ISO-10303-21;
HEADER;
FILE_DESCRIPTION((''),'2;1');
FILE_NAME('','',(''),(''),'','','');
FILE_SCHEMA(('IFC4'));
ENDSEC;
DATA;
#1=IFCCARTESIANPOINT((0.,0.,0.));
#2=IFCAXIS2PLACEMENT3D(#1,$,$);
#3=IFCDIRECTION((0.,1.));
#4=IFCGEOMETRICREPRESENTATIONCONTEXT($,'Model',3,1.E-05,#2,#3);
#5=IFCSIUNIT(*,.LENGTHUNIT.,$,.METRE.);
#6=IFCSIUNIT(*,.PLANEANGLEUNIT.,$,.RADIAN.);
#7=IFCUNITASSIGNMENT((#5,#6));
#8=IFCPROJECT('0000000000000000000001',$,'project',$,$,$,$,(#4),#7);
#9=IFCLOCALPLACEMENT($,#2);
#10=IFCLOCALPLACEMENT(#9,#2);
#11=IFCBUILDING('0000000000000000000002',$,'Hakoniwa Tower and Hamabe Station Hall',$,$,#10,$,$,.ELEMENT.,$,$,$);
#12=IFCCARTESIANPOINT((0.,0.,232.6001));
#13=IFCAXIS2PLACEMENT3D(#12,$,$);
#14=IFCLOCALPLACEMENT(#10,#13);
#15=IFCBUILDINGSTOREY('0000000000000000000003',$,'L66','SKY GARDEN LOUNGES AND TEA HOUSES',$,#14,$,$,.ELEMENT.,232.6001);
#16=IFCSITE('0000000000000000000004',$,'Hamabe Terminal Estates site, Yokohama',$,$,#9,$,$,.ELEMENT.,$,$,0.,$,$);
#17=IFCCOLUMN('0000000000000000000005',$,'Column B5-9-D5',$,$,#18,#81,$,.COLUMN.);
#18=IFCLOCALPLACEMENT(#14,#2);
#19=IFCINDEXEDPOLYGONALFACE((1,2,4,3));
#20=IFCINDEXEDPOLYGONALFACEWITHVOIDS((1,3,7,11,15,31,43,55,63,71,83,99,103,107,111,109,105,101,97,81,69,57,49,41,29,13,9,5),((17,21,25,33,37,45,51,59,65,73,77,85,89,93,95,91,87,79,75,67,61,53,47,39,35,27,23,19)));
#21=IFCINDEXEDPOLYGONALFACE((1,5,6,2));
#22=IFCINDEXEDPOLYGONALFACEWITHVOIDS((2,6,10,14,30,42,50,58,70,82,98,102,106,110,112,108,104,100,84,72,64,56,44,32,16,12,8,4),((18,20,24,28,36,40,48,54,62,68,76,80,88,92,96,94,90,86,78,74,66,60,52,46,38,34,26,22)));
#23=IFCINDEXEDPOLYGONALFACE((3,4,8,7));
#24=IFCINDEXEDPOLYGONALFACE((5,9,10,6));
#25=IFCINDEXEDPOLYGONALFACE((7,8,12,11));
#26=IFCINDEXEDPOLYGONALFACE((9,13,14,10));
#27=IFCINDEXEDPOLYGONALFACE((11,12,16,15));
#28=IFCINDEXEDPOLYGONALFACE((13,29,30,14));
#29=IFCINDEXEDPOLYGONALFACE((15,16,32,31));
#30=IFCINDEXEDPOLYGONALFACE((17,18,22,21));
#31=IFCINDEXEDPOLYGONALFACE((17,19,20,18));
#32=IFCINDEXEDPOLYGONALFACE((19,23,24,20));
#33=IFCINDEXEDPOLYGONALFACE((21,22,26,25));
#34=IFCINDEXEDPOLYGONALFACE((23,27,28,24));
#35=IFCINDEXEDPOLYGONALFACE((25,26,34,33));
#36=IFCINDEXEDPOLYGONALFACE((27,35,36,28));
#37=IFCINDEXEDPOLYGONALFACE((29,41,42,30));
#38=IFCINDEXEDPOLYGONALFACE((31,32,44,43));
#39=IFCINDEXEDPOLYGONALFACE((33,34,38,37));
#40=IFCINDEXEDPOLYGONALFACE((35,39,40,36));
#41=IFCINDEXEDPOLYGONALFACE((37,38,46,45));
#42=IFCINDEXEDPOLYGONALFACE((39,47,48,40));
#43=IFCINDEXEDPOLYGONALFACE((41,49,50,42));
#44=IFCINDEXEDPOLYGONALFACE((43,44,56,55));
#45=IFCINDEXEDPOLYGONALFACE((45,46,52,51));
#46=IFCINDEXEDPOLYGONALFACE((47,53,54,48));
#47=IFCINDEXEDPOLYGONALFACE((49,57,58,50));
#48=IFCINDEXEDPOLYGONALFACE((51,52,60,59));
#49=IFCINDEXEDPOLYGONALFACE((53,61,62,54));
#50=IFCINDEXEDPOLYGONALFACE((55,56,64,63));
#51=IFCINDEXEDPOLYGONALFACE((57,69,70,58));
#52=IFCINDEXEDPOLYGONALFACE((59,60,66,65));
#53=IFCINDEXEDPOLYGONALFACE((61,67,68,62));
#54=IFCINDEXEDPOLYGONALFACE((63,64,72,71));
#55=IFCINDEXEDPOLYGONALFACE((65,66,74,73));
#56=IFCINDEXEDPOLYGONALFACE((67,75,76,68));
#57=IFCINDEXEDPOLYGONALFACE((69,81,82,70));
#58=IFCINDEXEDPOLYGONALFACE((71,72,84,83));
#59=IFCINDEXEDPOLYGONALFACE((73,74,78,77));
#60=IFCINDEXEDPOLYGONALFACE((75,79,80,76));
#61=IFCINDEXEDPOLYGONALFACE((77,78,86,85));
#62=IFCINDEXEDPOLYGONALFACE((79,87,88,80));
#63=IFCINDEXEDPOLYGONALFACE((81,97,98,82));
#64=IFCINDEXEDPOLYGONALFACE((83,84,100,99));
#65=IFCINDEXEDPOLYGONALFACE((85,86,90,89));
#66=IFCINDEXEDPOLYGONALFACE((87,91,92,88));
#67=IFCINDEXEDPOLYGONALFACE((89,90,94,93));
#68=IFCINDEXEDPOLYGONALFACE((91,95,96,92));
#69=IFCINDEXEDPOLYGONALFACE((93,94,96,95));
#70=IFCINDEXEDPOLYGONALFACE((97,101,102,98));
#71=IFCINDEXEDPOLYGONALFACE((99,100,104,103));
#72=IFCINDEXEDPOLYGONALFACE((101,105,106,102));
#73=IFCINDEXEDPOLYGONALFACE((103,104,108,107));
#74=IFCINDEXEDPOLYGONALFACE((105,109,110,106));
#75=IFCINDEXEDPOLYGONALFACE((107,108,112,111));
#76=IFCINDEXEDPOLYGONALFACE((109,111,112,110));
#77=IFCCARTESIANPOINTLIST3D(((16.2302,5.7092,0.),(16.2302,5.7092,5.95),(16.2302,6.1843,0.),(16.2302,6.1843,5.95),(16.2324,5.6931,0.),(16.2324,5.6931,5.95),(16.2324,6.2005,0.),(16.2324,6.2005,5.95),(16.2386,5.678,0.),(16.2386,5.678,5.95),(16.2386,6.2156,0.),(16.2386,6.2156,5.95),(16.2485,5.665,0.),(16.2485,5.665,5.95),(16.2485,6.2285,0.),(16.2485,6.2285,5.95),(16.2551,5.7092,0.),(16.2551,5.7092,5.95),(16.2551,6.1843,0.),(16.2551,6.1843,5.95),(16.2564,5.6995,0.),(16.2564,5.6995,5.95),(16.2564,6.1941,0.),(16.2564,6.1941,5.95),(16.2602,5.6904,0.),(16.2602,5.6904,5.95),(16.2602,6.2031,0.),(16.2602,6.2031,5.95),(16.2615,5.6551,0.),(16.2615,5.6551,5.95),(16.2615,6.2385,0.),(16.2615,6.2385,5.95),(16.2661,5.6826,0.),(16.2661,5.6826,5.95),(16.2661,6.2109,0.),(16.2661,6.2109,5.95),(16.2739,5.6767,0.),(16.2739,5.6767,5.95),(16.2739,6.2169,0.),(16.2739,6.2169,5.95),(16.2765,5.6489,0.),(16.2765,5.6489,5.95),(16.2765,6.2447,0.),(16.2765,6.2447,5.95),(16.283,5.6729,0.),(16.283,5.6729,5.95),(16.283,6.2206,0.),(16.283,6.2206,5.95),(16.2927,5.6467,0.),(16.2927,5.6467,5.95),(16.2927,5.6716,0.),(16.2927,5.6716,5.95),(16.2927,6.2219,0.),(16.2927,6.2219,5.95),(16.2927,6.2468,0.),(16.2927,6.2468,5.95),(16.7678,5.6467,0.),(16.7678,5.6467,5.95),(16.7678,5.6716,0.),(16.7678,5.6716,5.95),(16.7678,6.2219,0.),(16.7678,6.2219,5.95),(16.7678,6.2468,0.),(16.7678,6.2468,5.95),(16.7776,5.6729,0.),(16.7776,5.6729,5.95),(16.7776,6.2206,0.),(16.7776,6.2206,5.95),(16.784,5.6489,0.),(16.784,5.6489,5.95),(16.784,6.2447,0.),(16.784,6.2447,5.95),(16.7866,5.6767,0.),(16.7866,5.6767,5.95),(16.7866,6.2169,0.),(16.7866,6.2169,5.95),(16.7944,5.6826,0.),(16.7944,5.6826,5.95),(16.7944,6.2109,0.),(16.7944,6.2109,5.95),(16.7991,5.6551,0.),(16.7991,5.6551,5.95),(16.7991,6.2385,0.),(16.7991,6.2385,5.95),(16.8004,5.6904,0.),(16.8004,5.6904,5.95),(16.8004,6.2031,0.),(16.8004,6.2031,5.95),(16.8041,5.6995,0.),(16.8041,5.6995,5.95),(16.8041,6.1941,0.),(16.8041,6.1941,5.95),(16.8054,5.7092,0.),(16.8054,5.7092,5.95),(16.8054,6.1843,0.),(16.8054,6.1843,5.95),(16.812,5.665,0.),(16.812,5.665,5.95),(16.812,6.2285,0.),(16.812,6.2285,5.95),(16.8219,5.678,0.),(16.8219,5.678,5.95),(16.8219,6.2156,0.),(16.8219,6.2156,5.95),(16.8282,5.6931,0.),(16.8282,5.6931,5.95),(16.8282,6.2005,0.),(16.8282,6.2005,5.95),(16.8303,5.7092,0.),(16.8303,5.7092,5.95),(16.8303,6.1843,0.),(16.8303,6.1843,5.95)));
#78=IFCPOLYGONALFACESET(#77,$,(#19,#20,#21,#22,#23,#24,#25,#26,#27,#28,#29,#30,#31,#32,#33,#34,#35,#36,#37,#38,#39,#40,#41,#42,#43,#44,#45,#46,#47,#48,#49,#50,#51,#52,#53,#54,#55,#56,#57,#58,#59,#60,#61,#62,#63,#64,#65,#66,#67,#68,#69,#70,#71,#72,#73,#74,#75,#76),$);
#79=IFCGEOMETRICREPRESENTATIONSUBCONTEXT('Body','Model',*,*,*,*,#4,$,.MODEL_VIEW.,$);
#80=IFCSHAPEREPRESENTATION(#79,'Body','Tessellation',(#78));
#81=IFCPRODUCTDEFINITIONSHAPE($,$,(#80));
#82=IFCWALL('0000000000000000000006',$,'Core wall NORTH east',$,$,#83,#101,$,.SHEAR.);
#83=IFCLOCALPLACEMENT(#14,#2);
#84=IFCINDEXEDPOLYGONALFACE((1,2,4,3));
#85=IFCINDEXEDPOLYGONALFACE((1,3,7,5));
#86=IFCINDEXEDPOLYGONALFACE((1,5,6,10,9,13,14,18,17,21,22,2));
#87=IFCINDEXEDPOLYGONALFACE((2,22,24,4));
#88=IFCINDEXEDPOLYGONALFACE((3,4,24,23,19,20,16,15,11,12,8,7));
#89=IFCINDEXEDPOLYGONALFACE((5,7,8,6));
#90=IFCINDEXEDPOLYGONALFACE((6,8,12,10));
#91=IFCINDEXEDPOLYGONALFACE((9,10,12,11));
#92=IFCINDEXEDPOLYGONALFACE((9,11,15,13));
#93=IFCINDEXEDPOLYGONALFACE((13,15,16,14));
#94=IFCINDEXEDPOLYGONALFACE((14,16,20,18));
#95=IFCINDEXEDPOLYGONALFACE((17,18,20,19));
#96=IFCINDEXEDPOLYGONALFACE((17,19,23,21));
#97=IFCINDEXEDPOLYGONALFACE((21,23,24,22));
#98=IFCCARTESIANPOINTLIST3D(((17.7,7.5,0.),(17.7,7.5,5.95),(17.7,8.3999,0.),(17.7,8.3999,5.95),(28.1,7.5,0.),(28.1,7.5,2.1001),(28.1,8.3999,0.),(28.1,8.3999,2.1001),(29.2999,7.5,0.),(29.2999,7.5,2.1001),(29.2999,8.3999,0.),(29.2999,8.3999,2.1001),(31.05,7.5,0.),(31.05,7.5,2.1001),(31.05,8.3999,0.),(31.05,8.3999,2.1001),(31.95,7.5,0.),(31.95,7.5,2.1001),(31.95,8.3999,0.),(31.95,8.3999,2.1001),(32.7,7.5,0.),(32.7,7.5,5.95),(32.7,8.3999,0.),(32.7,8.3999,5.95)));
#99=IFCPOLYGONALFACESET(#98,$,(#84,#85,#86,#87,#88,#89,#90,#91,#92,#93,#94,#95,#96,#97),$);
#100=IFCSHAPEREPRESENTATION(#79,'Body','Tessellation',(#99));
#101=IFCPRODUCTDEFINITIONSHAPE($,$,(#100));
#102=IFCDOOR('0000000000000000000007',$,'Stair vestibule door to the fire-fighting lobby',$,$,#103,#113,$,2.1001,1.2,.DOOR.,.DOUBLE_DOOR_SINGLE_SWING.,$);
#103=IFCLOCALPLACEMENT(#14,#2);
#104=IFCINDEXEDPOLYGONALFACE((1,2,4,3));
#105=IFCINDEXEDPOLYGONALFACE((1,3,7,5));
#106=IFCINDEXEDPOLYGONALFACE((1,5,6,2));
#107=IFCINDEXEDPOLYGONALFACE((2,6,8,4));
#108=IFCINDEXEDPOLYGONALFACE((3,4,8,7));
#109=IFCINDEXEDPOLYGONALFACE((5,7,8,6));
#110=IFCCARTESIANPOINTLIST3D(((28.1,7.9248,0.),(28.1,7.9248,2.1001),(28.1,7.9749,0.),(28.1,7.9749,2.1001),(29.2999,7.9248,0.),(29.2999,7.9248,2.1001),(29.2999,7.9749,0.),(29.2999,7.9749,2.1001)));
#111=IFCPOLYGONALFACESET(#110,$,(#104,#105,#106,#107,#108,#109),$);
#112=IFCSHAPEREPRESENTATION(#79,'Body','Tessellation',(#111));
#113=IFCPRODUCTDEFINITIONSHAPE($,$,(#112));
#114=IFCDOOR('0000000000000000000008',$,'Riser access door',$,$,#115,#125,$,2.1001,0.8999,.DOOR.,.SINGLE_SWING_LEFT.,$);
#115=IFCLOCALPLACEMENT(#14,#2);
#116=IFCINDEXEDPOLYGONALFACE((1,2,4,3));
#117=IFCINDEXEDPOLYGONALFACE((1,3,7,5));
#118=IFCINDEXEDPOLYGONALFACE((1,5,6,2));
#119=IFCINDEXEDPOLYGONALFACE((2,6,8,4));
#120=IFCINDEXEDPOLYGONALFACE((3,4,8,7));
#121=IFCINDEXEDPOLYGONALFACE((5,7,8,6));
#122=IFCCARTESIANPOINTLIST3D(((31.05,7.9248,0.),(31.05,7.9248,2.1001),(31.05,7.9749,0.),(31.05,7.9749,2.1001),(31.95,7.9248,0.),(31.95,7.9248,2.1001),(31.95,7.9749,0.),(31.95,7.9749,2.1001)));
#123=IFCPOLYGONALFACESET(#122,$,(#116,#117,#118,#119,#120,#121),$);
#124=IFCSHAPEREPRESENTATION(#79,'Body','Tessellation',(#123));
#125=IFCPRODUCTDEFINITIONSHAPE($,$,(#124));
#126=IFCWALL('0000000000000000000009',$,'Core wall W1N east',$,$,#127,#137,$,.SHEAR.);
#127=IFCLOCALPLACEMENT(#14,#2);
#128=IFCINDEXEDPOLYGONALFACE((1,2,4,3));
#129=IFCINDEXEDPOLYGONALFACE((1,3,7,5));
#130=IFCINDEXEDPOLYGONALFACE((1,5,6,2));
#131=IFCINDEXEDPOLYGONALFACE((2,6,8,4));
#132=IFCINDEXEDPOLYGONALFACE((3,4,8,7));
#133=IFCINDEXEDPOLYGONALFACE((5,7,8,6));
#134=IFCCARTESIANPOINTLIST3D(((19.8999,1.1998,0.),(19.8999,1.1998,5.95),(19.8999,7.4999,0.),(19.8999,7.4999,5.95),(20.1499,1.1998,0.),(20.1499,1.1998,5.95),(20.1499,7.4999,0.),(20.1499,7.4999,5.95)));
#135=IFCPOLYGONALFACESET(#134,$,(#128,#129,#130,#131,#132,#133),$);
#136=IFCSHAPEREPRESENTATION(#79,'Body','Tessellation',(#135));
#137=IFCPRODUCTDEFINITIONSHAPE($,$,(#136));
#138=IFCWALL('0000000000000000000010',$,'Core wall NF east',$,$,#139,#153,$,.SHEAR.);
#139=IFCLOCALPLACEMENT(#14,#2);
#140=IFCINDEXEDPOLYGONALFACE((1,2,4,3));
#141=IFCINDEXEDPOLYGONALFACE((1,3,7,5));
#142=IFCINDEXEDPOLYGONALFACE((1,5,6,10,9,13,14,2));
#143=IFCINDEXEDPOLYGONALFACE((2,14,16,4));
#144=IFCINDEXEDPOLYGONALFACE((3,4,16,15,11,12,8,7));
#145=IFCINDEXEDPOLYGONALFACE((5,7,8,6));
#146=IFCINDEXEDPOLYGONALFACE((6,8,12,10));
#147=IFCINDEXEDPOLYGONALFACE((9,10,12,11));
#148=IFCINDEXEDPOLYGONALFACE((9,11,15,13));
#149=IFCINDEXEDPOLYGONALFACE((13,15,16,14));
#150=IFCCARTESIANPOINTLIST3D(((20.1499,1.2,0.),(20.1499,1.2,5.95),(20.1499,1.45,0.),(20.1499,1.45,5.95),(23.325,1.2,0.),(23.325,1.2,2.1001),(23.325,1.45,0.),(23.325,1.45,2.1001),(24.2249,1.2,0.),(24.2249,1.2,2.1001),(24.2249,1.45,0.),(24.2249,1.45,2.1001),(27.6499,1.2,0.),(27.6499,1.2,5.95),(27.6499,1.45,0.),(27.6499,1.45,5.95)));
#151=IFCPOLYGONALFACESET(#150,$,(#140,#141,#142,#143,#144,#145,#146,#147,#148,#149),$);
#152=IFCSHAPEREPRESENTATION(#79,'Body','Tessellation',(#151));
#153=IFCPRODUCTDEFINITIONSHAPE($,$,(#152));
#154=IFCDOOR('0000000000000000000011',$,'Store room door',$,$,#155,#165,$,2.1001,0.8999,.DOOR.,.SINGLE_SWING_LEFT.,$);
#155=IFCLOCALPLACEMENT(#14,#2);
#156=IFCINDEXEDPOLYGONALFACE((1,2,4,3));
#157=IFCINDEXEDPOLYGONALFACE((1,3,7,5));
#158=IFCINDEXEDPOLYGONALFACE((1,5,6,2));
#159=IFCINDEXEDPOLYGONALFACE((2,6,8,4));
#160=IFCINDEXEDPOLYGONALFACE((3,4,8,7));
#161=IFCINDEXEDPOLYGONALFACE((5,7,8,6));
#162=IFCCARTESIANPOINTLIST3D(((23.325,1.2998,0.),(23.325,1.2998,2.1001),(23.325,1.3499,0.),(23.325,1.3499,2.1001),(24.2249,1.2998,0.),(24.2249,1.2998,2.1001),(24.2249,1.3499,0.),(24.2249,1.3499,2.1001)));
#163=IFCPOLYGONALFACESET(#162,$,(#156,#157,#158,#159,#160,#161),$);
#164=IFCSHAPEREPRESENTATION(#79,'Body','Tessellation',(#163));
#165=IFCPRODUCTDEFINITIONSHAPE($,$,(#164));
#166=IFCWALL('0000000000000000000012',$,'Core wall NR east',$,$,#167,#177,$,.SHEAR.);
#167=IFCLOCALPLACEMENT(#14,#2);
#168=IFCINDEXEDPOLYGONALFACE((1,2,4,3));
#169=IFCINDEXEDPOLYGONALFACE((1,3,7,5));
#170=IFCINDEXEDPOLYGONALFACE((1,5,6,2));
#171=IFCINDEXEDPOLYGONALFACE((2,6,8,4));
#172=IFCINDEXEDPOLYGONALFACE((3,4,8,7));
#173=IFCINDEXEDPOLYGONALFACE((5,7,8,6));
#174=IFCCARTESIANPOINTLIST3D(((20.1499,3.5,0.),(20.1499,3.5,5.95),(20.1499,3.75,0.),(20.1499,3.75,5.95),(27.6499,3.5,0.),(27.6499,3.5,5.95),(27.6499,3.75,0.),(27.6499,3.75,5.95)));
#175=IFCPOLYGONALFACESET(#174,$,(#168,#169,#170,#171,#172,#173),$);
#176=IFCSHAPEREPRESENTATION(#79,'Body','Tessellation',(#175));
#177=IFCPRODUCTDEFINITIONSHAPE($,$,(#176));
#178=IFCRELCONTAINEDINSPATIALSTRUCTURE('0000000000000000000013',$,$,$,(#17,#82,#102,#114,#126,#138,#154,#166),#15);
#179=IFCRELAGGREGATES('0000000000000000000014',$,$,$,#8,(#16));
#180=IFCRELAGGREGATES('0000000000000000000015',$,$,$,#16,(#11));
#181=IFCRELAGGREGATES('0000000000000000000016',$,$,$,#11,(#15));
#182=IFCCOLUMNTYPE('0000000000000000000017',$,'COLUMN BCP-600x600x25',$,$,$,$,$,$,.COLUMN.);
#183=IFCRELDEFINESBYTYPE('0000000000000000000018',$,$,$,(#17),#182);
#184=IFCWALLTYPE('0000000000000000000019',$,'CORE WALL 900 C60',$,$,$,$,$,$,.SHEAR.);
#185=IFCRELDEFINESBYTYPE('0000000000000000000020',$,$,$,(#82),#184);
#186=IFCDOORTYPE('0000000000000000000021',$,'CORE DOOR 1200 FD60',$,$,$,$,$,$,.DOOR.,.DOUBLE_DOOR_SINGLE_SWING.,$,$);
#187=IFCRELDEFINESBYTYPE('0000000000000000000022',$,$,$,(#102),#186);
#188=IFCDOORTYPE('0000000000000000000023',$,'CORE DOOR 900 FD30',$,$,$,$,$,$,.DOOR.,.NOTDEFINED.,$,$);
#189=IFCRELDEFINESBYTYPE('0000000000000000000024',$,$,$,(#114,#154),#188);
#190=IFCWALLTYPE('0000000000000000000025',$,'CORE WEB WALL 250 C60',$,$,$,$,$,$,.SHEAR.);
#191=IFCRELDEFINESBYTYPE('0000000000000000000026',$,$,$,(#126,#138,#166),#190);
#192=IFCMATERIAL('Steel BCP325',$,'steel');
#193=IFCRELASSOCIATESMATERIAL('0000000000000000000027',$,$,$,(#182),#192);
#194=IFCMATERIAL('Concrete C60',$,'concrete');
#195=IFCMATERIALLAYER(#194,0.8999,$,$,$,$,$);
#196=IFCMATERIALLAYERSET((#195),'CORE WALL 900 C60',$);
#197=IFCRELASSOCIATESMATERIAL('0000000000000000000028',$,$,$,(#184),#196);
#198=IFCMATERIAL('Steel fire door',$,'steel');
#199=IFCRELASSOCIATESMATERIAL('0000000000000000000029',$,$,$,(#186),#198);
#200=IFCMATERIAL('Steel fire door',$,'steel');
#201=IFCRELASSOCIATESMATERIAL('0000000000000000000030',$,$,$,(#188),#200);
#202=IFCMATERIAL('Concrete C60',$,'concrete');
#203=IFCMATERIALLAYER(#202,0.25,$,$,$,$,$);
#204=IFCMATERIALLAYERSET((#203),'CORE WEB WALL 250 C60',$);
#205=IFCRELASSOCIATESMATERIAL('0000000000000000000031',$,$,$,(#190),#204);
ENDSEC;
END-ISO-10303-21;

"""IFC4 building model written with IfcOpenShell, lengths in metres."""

from ifc_helpers import new_model, si_unit, direction, frame, frame_2d, origin, origin_2d, place, context, subcontext, project, spatial, rectangle, hollow_rectangle, extrude, material, layer, layer_set, material_profile, profile_set, type_object, element, fill, save


model = new_model("IFC4")

# Units and contexts
model_context = context("Model", 3, precision=1e-05, world=origin(), true_north=direction((0.0, 1.0)))
body_context = subcontext(model_context, "Body", "Model", "MODEL_VIEW")
ifc_project = project(units=[si_unit("LENGTHUNIT", "METRE"), si_unit("PLANEANGLEUNIT", "RADIAN")], contexts=[model_context])

# Site, building, storey
site_placement = place(None, origin())
site = spatial("IfcSite", under=ifc_project, at=site_placement, Name="Hamabe Terminal Estates site, Yokohama", CompositionType="ELEMENT", RefElevation=0.0)
building_placement = place(site_placement, origin())
building = spatial("IfcBuilding", under=site, at=building_placement, Name="Hakoniwa Tower and Hamabe Station Hall", CompositionType="ELEMENT")
storey_placement = place(building_placement, frame((0.0, 0.0, 232.6001)))
storey = spatial("IfcBuildingStorey", under=building, at=storey_placement, Name="L66", Description="SKY GARDEN LOUNGES AND TEA HOUSES", CompositionType="ELEMENT", Elevation=232.6001)

# Column
ifc_material_1 = material(Name="Steel BCP325", Category="steel")
ifc_material_profile = material_profile(ifc_material_1, hollow_rectangle(XDim=0.6001, YDim=0.6001, WallThickness=0.0249, InnerFilletRadius=0.0376, OuterFilletRadius=0.0625, at=origin_2d()), Name="BCP-600x600x25")
ifc_profile_set = profile_set([ifc_material_profile], Name="Steel BCP325")
column_type = type_object("IfcColumnType", Name="COLUMN BCP-600x600x25", PredefinedType="COLUMN", material=ifc_profile_set)
column_placement = place(storey_placement, frame((16.5303, 5.9468, 0.0), z_axis=(0.0, 0.0, 1.0), x_axis=(1.0, 0.0, 0.0)))
element("IfcColumn", 1, at=column_placement, inside=storey, type_object=column_type, Name="Column B5-9-D5", PredefinedType="COLUMN", context=body_context, shape_type="SweptSolid", body=[
    extrude(hollow_rectangle(XDim=0.6001, YDim=0.6001, WallThickness=0.0249, InnerFilletRadius=0.0376, OuterFilletRadius=0.0625, at=origin_2d()), origin(), (0.0, 0.0, 1.0), 5.95),
])

# Wall, openings, doors
ifc_material_2 = material(Name="Concrete C60", Category="concrete")
ifc_layer_1 = layer(ifc_material_2, 0.8999)
ifc_layer_set_1 = layer_set([ifc_layer_1], Name="CORE WALL 900 C60")
wall_type_1 = type_object("IfcWallType", Name="CORE WALL 900 C60", PredefinedType="SHEAR", material=ifc_layer_set_1)
wall_1_placement = place(storey_placement, frame((17.7, 7.95, 0.0), z_axis=(0.0, 0.0, 1.0), x_axis=(1.0, 0.0, 0.0)))
wall_1 = element("IfcWall", 2, at=wall_1_placement, inside=storey, type_object=wall_type_1, Name="Core wall NORTH east", PredefinedType="SHEAR", context=body_context, shape_type="SweptSolid", body=[
    extrude(rectangle(XDim=15.0, YDim=0.8999, at=frame_2d((7.5, 0.0))), origin(), (0.0, 0.0, 1.0), 5.95),
])
opening_1_placement = place(wall_1_placement, frame((10.3999, 0.0, 0.0)))
opening_1 = element("IfcOpeningElement", 3, at=opening_1_placement, cuts=wall_1, PredefinedType="OPENING", context=body_context, shape_type="SweptSolid", body=[
    extrude(rectangle(XDim=1.2, YDim=2.1001, at=frame_2d((0.6001, 1.05))), frame((0.0, 0.46, 0.0), z_axis=(0.0, -1.0, 0.0), x_axis=(1.0, 0.0, 0.0)), (0.0, 0.0, 1.0), 0.9199),
])
opening_2_placement = place(wall_1_placement, frame((13.3501, 0.0, 0.0)))
opening_2 = element("IfcOpeningElement", 4, at=opening_2_placement, cuts=wall_1, PredefinedType="OPENING", context=body_context, shape_type="SweptSolid", body=[
    extrude(rectangle(XDim=0.8999, YDim=2.1001, at=frame_2d((0.45, 1.05))), frame((0.0, 0.46, 0.0), z_axis=(0.0, -1.0, 0.0), x_axis=(1.0, 0.0, 0.0)), (0.0, 0.0, 1.0), 0.9199),
])
ifc_material_3 = material(Name="Steel fire door", Category="steel")
door_type_1 = type_object("IfcDoorType", Name="CORE DOOR 1200 FD60", OperationType="DOUBLE_DOOR_SINGLE_SWING", PredefinedType="DOOR", material=ifc_material_3)
door_1_placement = place(opening_1_placement, origin())
door_1 = element("IfcDoor", 5, at=door_1_placement, inside=storey, type_object=door_type_1, Name="Stair vestibule door to the fire-fighting lobby", OperationType="DOUBLE_DOOR_SINGLE_SWING", OverallHeight=2.1001, OverallWidth=1.2, PredefinedType="DOOR", context=body_context, shape_type="SweptSolid", body=[
    extrude(rectangle(XDim=1.2, YDim=2.1001, at=frame_2d((0.6001, 1.05))), frame((0.0, 0.0249, 0.0), z_axis=(0.0, -1.0, 0.0), x_axis=(1.0, 0.0, 0.0)), (0.0, 0.0, 1.0), 0.05),
])
fill(opening_1, door_1)
ifc_material_4 = material(Name="Steel fire door", Category="steel")
door_type_2 = type_object("IfcDoorType", Name="CORE DOOR 900 FD30", OperationType="NOTDEFINED", PredefinedType="DOOR", material=ifc_material_4)
door_2_placement = place(opening_2_placement, origin())
door_2 = element("IfcDoor", 6, at=door_2_placement, inside=storey, type_object=door_type_2, Name="Riser access door", OperationType="SINGLE_SWING_LEFT", OverallHeight=2.1001, OverallWidth=0.8999, PredefinedType="DOOR", context=body_context, shape_type="SweptSolid", body=[
    extrude(rectangle(XDim=0.8999, YDim=2.1001, at=frame_2d((0.45, 1.05))), frame((0.0, 0.0249, 0.0), z_axis=(0.0, -1.0, 0.0), x_axis=(1.0, 0.0, 0.0)), (0.0, 0.0, 1.0), 0.05),
])
fill(opening_2, door_2)

# Wall
ifc_material_5 = material(Name="Concrete C60", Category="concrete")
ifc_layer_2 = layer(ifc_material_5, 0.25)
ifc_layer_set_2 = layer_set([ifc_layer_2], Name="CORE WEB WALL 250 C60")
wall_type_2 = type_object("IfcWallType", Name="CORE WEB WALL 250 C60", PredefinedType="SHEAR", material=ifc_layer_set_2)
wall_2_placement = place(storey_placement, frame((20.0249, 1.2, 0.0), z_axis=(0.0, 0.0, 1.0), x_axis=(0.0, 1.0, 0.0)))
element("IfcWall", 7, at=wall_2_placement, inside=storey, type_object=wall_type_2, Name="Core wall W1N east", PredefinedType="SHEAR", context=body_context, shape_type="SweptSolid", body=[
    extrude(rectangle(XDim=6.3, YDim=0.25, at=frame_2d((3.1499, 0.0))), origin(), (0.0, 0.0, 1.0), 5.95),
])

# Wall, opening, door
wall_3_placement = place(storey_placement, frame((20.1499, 1.325, 0.0), z_axis=(0.0, 0.0, 1.0), x_axis=(1.0, 0.0, 0.0)))
wall_3 = element("IfcWall", 8, at=wall_3_placement, inside=storey, type_object=wall_type_2, Name="Core wall NF east", PredefinedType="SHEAR", context=body_context, shape_type="SweptSolid", body=[
    extrude(rectangle(XDim=7.5, YDim=0.25, at=frame_2d((3.75, 0.0))), origin(), (0.0, 0.0, 1.0), 5.95),
])
opening_3_placement = place(wall_3_placement, frame((3.175, 0.0, 0.0)))
opening_3 = element("IfcOpeningElement", 9, at=opening_3_placement, cuts=wall_3, PredefinedType="OPENING", context=body_context, shape_type="SweptSolid", body=[
    extrude(rectangle(XDim=0.8999, YDim=2.1001, at=frame_2d((0.45, 1.05))), frame((0.0, 0.135, 0.0), z_axis=(0.0, -1.0, 0.0), x_axis=(1.0, 0.0, 0.0)), (0.0, 0.0, 1.0), 0.27),
])
door_3_placement = place(opening_3_placement, origin())
door_3 = element("IfcDoor", 10, at=door_3_placement, inside=storey, type_object=door_type_2, Name="Store room door", OperationType="SINGLE_SWING_LEFT", OverallHeight=2.1001, OverallWidth=0.8999, PredefinedType="DOOR", context=body_context, shape_type="SweptSolid", body=[
    extrude(rectangle(XDim=0.8999, YDim=2.1001, at=frame_2d((0.45, 1.05))), frame((0.0, 0.0249, 0.0), z_axis=(0.0, -1.0, 0.0), x_axis=(1.0, 0.0, 0.0)), (0.0, 0.0, 1.0), 0.05),
])
fill(opening_3, door_3)

# Wall
wall_4_placement = place(storey_placement, frame((20.1499, 3.625, 0.0), z_axis=(0.0, 0.0, 1.0), x_axis=(1.0, 0.0, 0.0)))
element("IfcWall", 11, at=wall_4_placement, inside=storey, type_object=wall_type_2, Name="Core wall NR east", PredefinedType="SHEAR", context=body_context, shape_type="SweptSolid", body=[
    extrude(rectangle(XDim=7.5, YDim=0.25, at=frame_2d((3.75, 0.0))), origin(), (0.0, 0.0, 1.0), 5.95),
])

save(model, "model.ifc")
